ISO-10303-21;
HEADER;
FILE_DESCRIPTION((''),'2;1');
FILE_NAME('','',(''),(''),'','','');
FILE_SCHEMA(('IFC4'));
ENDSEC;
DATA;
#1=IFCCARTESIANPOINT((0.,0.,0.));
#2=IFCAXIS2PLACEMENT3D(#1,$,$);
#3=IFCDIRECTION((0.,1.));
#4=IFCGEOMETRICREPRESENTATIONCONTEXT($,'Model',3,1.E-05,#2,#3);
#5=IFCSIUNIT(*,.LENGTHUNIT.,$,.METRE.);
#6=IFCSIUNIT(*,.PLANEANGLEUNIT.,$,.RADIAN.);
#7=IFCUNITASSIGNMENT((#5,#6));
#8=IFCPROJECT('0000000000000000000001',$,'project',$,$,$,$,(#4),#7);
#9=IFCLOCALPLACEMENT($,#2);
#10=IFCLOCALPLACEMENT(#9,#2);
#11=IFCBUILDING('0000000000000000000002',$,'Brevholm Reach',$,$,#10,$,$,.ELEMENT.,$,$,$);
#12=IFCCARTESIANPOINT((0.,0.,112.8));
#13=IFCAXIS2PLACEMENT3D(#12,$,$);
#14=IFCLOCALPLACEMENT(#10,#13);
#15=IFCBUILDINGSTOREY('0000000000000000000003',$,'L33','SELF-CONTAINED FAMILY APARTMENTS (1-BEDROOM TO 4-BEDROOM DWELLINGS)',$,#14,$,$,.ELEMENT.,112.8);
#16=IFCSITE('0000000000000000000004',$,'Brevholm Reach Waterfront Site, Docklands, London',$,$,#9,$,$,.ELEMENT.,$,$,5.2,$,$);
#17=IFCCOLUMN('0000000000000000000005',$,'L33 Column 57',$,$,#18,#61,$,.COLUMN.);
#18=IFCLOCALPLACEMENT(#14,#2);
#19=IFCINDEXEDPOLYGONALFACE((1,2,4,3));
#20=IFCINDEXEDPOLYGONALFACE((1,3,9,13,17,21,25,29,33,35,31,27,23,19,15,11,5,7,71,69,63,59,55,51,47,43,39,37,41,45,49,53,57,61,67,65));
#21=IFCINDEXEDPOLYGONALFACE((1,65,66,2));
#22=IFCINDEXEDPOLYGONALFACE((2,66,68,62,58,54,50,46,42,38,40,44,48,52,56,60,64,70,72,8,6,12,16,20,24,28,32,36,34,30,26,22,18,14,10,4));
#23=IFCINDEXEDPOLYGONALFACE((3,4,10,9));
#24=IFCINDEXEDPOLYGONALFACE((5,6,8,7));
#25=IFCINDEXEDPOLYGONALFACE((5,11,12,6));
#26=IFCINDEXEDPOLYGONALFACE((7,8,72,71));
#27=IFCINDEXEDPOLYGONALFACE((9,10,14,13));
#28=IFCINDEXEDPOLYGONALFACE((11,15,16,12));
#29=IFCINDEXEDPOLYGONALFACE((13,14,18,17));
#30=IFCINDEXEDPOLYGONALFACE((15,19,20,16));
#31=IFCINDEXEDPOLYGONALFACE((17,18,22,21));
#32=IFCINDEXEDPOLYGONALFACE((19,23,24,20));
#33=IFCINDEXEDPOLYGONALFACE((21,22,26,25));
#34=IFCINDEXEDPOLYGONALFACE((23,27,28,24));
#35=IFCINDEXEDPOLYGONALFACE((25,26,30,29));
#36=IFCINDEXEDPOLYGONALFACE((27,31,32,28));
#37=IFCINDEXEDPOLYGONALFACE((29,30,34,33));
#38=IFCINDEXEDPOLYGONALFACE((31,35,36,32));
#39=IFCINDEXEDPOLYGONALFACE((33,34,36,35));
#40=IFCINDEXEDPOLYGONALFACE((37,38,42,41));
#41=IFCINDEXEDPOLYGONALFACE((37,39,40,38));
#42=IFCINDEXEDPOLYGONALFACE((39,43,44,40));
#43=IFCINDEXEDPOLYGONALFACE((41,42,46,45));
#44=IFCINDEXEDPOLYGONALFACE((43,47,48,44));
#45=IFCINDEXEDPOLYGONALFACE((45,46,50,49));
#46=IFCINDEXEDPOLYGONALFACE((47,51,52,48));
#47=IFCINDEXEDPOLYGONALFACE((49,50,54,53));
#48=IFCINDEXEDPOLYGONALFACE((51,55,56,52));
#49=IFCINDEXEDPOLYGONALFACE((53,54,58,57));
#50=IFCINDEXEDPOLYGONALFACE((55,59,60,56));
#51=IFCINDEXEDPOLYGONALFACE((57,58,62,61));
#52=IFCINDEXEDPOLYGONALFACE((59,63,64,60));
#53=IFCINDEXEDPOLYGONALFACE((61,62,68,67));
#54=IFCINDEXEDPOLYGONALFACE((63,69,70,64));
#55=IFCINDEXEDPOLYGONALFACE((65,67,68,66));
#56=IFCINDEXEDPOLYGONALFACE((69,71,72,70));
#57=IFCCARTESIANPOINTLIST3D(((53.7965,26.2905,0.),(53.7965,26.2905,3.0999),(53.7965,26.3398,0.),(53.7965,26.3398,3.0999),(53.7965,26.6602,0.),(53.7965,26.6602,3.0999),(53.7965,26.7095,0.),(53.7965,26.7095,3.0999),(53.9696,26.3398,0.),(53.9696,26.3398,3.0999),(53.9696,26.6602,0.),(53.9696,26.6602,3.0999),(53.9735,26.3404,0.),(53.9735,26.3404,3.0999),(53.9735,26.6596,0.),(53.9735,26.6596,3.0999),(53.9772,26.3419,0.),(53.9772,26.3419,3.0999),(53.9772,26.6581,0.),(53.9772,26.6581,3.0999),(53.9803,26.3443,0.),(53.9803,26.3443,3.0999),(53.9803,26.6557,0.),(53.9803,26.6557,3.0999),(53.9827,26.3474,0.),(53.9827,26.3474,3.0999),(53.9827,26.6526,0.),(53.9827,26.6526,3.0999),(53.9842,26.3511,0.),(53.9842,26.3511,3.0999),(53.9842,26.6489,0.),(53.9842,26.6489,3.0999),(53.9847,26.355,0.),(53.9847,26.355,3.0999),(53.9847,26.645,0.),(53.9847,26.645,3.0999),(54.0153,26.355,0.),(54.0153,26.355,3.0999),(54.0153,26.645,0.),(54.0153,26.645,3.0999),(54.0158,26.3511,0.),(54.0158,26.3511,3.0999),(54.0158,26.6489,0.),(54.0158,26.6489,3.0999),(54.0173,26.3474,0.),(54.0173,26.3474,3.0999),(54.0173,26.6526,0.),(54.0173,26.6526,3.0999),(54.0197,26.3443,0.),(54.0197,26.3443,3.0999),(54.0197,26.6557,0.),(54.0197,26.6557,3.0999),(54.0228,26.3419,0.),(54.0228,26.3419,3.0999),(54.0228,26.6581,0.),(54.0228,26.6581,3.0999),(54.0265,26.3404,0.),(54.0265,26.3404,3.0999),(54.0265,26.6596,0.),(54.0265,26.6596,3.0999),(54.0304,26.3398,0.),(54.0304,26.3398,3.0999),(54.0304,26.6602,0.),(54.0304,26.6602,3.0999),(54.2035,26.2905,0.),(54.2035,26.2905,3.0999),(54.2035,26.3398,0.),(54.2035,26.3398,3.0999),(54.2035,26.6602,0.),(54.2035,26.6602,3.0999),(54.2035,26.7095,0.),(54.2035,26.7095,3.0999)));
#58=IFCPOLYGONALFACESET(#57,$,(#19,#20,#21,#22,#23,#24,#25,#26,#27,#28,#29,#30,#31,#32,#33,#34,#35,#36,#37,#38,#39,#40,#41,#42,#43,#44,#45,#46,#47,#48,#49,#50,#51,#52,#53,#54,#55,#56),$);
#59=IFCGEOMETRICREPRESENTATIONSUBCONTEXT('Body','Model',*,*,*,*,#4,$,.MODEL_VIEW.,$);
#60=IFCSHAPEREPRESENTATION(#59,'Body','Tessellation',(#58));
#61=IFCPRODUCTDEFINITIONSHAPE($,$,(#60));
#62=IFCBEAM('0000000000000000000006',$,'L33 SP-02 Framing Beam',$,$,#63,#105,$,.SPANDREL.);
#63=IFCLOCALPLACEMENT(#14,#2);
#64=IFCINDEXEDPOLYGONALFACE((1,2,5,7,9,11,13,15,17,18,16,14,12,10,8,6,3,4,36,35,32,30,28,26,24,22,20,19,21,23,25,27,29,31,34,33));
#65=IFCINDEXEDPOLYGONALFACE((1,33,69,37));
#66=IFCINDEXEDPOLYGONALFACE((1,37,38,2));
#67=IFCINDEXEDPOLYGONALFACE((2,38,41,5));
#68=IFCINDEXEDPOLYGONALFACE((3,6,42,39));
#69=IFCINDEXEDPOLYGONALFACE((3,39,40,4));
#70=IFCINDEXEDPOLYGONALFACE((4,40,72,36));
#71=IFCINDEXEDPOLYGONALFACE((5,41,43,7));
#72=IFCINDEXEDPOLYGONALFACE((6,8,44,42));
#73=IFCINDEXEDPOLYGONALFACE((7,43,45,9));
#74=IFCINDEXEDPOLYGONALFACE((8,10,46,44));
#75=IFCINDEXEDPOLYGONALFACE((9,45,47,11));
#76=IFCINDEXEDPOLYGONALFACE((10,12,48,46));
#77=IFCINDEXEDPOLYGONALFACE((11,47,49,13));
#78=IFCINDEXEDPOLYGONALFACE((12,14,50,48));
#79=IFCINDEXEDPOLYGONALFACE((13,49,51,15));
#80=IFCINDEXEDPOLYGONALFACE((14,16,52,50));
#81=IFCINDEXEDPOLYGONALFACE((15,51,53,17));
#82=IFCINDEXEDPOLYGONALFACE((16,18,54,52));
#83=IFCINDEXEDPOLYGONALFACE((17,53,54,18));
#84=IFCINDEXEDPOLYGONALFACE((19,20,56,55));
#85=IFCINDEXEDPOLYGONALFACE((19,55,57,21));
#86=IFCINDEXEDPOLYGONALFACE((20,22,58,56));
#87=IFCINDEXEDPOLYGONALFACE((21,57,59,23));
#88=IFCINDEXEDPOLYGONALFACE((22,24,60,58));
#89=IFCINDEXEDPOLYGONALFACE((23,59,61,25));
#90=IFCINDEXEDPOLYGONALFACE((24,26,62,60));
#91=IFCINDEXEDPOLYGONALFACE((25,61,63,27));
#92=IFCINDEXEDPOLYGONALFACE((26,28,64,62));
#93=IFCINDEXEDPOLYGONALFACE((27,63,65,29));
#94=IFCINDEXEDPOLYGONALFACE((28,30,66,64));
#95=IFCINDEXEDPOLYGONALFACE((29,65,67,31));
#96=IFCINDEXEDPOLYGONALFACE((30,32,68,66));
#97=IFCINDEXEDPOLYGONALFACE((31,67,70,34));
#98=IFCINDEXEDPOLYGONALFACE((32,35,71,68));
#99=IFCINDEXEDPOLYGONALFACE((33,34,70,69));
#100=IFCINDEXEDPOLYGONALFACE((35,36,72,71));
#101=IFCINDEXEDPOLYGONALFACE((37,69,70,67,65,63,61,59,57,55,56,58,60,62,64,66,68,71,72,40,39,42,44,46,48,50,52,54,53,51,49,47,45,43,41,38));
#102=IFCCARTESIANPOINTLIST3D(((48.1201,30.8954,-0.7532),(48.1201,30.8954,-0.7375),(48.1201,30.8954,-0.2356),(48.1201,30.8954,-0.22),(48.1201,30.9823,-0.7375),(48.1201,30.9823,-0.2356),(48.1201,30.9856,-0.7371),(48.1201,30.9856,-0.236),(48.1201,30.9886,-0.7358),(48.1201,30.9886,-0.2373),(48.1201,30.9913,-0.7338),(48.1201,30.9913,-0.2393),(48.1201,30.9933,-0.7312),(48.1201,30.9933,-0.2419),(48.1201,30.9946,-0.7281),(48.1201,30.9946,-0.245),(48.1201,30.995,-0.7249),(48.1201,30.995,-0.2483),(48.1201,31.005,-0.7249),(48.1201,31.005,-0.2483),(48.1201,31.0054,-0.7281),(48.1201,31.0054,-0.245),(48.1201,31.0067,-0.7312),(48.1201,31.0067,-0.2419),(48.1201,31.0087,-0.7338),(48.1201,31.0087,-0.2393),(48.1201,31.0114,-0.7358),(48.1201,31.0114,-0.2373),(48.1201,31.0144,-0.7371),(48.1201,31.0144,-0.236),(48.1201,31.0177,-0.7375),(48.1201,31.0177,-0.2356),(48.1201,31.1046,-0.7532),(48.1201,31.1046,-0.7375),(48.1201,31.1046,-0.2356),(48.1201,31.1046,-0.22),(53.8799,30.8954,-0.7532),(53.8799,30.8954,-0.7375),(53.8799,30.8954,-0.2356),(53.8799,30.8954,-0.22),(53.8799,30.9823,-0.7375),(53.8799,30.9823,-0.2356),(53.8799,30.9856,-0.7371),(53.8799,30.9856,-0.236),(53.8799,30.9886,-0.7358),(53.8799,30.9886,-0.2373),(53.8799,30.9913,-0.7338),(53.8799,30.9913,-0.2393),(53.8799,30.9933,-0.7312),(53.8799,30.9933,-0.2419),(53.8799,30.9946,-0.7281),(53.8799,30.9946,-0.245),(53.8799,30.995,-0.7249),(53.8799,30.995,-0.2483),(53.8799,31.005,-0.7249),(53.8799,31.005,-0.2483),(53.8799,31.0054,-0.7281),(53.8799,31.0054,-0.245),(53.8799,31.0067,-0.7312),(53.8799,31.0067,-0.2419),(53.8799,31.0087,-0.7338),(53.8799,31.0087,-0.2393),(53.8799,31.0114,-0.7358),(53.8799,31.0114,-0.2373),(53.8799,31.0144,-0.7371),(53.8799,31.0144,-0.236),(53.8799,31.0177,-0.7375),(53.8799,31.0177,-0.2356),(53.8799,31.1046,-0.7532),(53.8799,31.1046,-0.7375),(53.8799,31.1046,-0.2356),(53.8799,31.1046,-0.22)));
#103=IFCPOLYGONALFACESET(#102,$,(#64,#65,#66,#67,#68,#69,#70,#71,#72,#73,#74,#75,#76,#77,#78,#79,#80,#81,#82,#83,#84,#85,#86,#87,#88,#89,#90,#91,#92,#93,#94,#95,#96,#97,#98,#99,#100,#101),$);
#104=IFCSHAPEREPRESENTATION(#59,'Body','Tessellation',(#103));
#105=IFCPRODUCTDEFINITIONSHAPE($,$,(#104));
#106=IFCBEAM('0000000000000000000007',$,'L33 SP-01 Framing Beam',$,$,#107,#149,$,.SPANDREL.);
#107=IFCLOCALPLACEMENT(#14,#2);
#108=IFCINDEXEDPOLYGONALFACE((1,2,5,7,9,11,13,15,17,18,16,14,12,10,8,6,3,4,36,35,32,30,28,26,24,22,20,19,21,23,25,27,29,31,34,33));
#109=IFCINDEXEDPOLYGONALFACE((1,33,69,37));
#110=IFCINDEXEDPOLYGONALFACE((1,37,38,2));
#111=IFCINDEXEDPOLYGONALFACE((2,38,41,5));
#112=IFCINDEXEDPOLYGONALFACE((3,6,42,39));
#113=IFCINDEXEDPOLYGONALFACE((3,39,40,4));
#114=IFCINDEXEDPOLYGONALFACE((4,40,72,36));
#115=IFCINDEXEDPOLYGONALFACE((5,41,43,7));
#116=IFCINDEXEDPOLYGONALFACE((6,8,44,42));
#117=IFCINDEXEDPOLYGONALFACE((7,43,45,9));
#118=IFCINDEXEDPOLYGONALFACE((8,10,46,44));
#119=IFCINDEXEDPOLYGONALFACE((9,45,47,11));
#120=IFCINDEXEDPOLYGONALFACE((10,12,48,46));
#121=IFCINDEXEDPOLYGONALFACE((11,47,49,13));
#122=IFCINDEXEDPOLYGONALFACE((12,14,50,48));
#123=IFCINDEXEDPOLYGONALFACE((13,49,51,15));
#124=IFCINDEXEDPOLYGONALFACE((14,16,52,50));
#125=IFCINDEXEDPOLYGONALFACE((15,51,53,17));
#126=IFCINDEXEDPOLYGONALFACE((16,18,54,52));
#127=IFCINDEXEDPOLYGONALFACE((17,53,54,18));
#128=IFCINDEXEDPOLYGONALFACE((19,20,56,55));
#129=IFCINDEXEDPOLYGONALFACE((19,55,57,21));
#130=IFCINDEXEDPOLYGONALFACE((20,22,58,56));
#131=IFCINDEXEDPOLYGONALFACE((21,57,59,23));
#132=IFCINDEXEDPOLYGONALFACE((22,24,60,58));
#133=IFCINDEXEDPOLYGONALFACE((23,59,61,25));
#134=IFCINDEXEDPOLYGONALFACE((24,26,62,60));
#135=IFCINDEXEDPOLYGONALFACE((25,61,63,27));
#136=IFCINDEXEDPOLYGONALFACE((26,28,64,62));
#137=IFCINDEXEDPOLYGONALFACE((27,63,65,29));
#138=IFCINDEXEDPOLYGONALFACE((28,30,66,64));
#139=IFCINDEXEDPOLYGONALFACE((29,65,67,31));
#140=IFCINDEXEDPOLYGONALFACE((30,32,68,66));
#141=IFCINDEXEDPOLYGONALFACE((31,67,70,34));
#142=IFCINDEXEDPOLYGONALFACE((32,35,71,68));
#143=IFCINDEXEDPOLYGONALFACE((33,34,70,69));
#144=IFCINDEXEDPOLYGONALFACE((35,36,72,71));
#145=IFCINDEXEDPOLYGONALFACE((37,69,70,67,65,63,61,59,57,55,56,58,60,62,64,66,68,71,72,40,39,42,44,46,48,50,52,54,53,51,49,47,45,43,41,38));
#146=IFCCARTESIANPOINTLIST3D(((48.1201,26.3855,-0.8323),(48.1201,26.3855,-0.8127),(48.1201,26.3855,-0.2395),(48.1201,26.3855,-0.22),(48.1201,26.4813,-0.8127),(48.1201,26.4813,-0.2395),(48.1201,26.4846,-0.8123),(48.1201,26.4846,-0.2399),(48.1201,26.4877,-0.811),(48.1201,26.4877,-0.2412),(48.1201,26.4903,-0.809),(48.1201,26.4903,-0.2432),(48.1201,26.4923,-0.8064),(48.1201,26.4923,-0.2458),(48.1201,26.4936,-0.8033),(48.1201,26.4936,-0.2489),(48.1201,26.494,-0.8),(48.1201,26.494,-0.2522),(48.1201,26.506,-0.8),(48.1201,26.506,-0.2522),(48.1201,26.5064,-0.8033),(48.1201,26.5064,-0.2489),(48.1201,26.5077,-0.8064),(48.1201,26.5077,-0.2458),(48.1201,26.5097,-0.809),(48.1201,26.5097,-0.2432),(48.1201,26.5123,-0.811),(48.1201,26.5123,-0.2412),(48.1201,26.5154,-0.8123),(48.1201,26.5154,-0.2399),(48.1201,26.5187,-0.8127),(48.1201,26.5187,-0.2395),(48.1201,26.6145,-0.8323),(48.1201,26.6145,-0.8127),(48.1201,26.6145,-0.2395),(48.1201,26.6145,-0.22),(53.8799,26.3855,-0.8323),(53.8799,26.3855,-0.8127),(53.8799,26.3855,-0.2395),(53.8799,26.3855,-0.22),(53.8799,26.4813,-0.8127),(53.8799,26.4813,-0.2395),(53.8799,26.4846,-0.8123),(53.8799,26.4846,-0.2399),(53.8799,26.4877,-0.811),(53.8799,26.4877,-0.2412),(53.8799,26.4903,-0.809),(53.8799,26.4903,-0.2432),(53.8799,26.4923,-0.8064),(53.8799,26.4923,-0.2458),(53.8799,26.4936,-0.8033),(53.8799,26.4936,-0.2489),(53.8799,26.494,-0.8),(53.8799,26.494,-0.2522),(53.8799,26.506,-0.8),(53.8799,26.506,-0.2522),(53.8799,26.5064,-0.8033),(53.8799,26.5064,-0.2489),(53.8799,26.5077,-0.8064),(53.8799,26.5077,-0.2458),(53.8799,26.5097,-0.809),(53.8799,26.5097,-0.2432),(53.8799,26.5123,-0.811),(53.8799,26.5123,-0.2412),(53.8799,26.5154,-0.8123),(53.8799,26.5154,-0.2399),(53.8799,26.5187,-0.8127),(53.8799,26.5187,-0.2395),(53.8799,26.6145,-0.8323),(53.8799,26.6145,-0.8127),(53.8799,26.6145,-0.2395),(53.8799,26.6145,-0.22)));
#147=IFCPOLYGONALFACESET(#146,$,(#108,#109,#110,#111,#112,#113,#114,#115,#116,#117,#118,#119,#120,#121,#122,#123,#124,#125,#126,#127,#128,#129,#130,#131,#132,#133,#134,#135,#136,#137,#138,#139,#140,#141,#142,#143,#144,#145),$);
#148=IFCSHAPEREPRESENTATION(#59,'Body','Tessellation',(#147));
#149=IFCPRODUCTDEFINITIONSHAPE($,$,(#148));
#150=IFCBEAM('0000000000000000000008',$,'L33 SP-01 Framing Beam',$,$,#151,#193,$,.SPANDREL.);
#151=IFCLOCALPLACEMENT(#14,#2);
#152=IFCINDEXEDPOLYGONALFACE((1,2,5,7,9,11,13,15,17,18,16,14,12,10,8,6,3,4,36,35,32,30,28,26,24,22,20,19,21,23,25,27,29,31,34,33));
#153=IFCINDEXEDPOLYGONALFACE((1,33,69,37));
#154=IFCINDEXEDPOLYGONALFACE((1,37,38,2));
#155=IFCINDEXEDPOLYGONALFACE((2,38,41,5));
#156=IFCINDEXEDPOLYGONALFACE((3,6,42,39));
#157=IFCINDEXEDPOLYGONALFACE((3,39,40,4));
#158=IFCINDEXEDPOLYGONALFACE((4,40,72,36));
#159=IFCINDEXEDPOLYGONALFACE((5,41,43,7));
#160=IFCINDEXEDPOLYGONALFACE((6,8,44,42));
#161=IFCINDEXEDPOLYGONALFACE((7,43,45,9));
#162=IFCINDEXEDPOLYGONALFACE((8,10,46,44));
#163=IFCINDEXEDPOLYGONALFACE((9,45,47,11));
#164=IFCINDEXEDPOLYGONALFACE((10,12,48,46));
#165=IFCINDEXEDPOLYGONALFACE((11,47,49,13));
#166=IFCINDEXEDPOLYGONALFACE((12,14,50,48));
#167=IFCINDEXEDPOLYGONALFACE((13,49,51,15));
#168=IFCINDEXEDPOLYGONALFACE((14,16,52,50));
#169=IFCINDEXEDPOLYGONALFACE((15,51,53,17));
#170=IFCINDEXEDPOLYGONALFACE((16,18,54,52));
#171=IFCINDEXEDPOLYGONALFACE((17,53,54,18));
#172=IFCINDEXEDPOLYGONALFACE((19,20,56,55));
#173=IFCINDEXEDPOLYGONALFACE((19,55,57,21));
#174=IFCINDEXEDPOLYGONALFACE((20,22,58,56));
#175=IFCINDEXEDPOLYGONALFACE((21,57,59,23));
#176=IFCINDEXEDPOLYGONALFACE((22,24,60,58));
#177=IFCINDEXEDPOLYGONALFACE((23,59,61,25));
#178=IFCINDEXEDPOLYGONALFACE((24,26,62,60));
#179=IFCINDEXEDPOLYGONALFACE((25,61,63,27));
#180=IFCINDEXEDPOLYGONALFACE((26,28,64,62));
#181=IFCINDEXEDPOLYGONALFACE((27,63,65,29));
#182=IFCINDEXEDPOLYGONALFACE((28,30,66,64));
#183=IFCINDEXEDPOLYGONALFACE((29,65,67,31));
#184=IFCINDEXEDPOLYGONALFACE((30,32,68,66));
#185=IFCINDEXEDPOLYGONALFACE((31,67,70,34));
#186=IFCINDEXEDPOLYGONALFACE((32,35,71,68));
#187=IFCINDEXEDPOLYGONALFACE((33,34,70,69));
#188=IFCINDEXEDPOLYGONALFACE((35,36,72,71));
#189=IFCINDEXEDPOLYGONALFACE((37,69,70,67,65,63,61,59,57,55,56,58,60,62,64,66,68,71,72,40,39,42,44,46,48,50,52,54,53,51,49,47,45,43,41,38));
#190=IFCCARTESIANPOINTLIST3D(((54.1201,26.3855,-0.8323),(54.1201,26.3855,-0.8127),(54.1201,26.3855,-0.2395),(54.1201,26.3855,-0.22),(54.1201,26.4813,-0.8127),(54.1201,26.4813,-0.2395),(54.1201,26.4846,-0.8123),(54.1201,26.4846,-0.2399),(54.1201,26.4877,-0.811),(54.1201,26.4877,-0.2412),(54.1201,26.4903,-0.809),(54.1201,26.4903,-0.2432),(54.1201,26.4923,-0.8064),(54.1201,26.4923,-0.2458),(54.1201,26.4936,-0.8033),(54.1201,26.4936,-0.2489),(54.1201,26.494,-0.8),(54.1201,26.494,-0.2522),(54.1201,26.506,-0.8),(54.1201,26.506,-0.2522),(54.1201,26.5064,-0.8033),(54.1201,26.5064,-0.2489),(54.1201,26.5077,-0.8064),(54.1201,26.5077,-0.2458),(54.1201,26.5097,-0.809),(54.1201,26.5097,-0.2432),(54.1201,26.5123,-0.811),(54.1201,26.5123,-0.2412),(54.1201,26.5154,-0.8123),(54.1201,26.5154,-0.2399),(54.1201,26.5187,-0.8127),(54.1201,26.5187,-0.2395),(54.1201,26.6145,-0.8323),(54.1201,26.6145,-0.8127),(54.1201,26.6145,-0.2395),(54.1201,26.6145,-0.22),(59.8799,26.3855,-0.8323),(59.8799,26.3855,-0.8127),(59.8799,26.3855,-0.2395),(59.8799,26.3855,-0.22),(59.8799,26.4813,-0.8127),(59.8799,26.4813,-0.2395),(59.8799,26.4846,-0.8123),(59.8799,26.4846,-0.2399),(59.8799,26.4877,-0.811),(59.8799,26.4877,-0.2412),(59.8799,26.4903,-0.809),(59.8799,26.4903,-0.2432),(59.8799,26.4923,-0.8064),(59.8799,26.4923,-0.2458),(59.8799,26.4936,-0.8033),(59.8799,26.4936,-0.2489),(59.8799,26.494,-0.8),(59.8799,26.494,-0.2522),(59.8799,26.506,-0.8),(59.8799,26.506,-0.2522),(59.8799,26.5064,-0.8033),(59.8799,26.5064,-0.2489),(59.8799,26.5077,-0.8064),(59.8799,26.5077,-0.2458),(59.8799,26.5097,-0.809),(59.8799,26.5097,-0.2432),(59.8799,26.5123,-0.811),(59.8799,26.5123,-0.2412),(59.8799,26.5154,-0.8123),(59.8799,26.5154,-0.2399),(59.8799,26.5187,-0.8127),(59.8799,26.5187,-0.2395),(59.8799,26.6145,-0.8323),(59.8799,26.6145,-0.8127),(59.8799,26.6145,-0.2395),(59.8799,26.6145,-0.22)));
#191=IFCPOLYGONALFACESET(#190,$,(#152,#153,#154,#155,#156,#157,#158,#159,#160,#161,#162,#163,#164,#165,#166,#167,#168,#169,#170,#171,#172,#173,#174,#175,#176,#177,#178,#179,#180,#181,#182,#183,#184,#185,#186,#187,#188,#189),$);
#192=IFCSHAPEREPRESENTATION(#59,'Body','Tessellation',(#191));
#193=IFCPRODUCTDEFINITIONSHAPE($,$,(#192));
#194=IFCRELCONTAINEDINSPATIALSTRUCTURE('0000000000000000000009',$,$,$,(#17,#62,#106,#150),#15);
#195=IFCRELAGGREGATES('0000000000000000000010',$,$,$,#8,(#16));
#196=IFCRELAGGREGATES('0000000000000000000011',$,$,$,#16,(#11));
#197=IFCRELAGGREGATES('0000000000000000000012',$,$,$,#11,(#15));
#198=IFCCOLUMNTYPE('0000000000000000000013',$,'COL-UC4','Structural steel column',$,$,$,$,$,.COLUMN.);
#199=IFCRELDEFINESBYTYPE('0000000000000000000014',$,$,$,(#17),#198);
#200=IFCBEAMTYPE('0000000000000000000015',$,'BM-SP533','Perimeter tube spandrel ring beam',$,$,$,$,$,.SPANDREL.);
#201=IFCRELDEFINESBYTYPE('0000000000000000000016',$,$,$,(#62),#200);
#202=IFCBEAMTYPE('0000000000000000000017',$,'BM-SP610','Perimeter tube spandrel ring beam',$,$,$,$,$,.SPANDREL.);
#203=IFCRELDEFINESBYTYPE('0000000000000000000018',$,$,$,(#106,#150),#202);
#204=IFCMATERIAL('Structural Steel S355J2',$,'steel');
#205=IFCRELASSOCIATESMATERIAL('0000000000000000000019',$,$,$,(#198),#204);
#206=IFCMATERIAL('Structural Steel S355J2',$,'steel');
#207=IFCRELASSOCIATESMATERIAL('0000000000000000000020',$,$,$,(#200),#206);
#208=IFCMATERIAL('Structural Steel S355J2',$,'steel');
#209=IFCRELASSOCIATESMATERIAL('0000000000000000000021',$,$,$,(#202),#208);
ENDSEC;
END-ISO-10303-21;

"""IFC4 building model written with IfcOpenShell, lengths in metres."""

from ifc_helpers import new_model, si_unit, direction, frame, origin, origin_2d, place, context, subcontext, project, spatial, i_section, extrude, material, material_profile, profile_set, type_object, element, save


model = new_model("IFC4")

# Units and contexts
model_context = context("Model", 3, precision=1e-05, world=origin(), true_north=direction((0.0, 1.0)))
body_context = subcontext(model_context, "Body", "Model", "MODEL_VIEW")
ifc_project = project(units=[si_unit("LENGTHUNIT", "METRE"), si_unit("PLANEANGLEUNIT", "RADIAN")], contexts=[model_context])

# Site, building, storey
site_placement = place(None, origin())
site = spatial("IfcSite", under=ifc_project, at=site_placement, Name="Brevholm Reach Waterfront Site, Docklands, London", CompositionType="ELEMENT", RefElevation=5.2)
building_placement = place(site_placement, origin())
building = spatial("IfcBuilding", under=site, at=building_placement, Name="Brevholm Reach", CompositionType="ELEMENT")
storey_placement = place(building_placement, frame((0.0, 0.0, 112.8)))
storey = spatial("IfcBuildingStorey", under=building, at=storey_placement, Name="L33", Description="SELF-CONTAINED FAMILY APARTMENTS (1-BEDROOM TO 4-BEDROOM DWELLINGS)", CompositionType="ELEMENT", Elevation=112.8)

# Column
ifc_material_1 = material(Name="Structural Steel S355J2", Category="steel")
ifc_material_profile_1 = material_profile(ifc_material_1, i_section(OverallWidth=0.407, OverallDepth=0.4189, WebThickness=0.0305, FlangeThickness=0.0493, FilletRadius=0.0151, at=origin_2d()), Name="UKC 356x406x393")
ifc_profile_set_1 = profile_set([ifc_material_profile_1], Name="Structural Steel S355J2")
column_type_1 = type_object("IfcColumnType", Name="COL-UC4", Description="Structural steel column", PredefinedType="COLUMN", material=ifc_profile_set_1)
column_1_placement = place(storey_placement, frame((54.0, 26.5, 0.0), z_axis=(0.0, 0.0, 1.0), x_axis=(1.0, 0.0, 0.0)))
element("IfcColumn", 1, at=column_1_placement, inside=storey, type_object=column_type_1, Name="L33 Column 57", PredefinedType="COLUMN", context=body_context, shape_type="SweptSolid", body=[
    extrude(i_section(OverallWidth=0.407, OverallDepth=0.4189, WebThickness=0.0305, FlangeThickness=0.0493, FilletRadius=0.0151, at=origin_2d()), origin(), (0.0, 0.0, 1.0), 3.0999),
])

# Beams
ifc_material_2 = material(Name="Structural Steel S355J2", Category="steel")
ifc_material_profile_2 = material_profile(ifc_material_2, i_section(OverallWidth=0.2092, OverallDepth=0.5332, WebThickness=0.01, FlangeThickness=0.0156, FilletRadius=0.0127, at=origin_2d()), Name="UKB 533x210x92")
ifc_profile_set_2 = profile_set([ifc_material_profile_2], Name="Structural Steel S355J2")
beam_type_1 = type_object("IfcBeamType", Name="BM-SP533", Description="Perimeter tube spandrel ring beam", PredefinedType="SPANDREL", material=ifc_profile_set_2)
beam_1_placement = place(storey_placement, frame((48.1201, 31.0, -0.4866), z_axis=(1.0, 0.0, 0.0), x_axis=(0.0, 1.0, 0.0)))
element("IfcBeam", 2, at=beam_1_placement, inside=storey, type_object=beam_type_1, Name="L33 SP-02 Framing Beam", PredefinedType="SPANDREL", context=body_context, shape_type="SweptSolid", body=[
    extrude(i_section(OverallWidth=0.2092, OverallDepth=0.5332, WebThickness=0.01, FlangeThickness=0.0156, FilletRadius=0.0127, at=origin_2d()), origin(), (0.0, 0.0, 1.0), 5.7598),
])
ifc_material_3 = material(Name="Structural Steel S355J2", Category="steel")
ifc_material_profile_3 = material_profile(ifc_material_3, i_section(OverallWidth=0.229, OverallDepth=0.6123, WebThickness=0.012, FlangeThickness=0.0195, FilletRadius=0.0127, at=origin_2d()), Name="UKB 610x229x125")
ifc_profile_set_3 = profile_set([ifc_material_profile_3], Name="Structural Steel S355J2")
beam_type_2 = type_object("IfcBeamType", Name="BM-SP610", Description="Perimeter tube spandrel ring beam", PredefinedType="SPANDREL", material=ifc_profile_set_3)
for number, where, z_axis, x_axis, name in (
    (3, (48.1201, 26.5, -0.5261), (1.0, 0.0, 0.0), (0.0, 1.0, 0.0), "L33 SP-01 Framing Beam"),
    (4, (54.1201, 26.5, -0.5261), (1.0, 0.0, 0.0), (0.0, 1.0, 0.0), "L33 SP-01 Framing Beam"),
):
    element("IfcBeam", number, at=place(storey_placement, frame(where, z_axis=z_axis, x_axis=x_axis)), inside=storey, type_object=beam_type_2, Name=name, PredefinedType="SPANDREL", context=body_context, shape_type="SweptSolid", body=[
        extrude(i_section(OverallWidth=0.229, OverallDepth=0.6123, WebThickness=0.012, FlangeThickness=0.0195, FilletRadius=0.0127, at=origin_2d()), origin(), (0.0, 0.0, 1.0), 5.7598),
    ])

save(model, "model.ifc")
